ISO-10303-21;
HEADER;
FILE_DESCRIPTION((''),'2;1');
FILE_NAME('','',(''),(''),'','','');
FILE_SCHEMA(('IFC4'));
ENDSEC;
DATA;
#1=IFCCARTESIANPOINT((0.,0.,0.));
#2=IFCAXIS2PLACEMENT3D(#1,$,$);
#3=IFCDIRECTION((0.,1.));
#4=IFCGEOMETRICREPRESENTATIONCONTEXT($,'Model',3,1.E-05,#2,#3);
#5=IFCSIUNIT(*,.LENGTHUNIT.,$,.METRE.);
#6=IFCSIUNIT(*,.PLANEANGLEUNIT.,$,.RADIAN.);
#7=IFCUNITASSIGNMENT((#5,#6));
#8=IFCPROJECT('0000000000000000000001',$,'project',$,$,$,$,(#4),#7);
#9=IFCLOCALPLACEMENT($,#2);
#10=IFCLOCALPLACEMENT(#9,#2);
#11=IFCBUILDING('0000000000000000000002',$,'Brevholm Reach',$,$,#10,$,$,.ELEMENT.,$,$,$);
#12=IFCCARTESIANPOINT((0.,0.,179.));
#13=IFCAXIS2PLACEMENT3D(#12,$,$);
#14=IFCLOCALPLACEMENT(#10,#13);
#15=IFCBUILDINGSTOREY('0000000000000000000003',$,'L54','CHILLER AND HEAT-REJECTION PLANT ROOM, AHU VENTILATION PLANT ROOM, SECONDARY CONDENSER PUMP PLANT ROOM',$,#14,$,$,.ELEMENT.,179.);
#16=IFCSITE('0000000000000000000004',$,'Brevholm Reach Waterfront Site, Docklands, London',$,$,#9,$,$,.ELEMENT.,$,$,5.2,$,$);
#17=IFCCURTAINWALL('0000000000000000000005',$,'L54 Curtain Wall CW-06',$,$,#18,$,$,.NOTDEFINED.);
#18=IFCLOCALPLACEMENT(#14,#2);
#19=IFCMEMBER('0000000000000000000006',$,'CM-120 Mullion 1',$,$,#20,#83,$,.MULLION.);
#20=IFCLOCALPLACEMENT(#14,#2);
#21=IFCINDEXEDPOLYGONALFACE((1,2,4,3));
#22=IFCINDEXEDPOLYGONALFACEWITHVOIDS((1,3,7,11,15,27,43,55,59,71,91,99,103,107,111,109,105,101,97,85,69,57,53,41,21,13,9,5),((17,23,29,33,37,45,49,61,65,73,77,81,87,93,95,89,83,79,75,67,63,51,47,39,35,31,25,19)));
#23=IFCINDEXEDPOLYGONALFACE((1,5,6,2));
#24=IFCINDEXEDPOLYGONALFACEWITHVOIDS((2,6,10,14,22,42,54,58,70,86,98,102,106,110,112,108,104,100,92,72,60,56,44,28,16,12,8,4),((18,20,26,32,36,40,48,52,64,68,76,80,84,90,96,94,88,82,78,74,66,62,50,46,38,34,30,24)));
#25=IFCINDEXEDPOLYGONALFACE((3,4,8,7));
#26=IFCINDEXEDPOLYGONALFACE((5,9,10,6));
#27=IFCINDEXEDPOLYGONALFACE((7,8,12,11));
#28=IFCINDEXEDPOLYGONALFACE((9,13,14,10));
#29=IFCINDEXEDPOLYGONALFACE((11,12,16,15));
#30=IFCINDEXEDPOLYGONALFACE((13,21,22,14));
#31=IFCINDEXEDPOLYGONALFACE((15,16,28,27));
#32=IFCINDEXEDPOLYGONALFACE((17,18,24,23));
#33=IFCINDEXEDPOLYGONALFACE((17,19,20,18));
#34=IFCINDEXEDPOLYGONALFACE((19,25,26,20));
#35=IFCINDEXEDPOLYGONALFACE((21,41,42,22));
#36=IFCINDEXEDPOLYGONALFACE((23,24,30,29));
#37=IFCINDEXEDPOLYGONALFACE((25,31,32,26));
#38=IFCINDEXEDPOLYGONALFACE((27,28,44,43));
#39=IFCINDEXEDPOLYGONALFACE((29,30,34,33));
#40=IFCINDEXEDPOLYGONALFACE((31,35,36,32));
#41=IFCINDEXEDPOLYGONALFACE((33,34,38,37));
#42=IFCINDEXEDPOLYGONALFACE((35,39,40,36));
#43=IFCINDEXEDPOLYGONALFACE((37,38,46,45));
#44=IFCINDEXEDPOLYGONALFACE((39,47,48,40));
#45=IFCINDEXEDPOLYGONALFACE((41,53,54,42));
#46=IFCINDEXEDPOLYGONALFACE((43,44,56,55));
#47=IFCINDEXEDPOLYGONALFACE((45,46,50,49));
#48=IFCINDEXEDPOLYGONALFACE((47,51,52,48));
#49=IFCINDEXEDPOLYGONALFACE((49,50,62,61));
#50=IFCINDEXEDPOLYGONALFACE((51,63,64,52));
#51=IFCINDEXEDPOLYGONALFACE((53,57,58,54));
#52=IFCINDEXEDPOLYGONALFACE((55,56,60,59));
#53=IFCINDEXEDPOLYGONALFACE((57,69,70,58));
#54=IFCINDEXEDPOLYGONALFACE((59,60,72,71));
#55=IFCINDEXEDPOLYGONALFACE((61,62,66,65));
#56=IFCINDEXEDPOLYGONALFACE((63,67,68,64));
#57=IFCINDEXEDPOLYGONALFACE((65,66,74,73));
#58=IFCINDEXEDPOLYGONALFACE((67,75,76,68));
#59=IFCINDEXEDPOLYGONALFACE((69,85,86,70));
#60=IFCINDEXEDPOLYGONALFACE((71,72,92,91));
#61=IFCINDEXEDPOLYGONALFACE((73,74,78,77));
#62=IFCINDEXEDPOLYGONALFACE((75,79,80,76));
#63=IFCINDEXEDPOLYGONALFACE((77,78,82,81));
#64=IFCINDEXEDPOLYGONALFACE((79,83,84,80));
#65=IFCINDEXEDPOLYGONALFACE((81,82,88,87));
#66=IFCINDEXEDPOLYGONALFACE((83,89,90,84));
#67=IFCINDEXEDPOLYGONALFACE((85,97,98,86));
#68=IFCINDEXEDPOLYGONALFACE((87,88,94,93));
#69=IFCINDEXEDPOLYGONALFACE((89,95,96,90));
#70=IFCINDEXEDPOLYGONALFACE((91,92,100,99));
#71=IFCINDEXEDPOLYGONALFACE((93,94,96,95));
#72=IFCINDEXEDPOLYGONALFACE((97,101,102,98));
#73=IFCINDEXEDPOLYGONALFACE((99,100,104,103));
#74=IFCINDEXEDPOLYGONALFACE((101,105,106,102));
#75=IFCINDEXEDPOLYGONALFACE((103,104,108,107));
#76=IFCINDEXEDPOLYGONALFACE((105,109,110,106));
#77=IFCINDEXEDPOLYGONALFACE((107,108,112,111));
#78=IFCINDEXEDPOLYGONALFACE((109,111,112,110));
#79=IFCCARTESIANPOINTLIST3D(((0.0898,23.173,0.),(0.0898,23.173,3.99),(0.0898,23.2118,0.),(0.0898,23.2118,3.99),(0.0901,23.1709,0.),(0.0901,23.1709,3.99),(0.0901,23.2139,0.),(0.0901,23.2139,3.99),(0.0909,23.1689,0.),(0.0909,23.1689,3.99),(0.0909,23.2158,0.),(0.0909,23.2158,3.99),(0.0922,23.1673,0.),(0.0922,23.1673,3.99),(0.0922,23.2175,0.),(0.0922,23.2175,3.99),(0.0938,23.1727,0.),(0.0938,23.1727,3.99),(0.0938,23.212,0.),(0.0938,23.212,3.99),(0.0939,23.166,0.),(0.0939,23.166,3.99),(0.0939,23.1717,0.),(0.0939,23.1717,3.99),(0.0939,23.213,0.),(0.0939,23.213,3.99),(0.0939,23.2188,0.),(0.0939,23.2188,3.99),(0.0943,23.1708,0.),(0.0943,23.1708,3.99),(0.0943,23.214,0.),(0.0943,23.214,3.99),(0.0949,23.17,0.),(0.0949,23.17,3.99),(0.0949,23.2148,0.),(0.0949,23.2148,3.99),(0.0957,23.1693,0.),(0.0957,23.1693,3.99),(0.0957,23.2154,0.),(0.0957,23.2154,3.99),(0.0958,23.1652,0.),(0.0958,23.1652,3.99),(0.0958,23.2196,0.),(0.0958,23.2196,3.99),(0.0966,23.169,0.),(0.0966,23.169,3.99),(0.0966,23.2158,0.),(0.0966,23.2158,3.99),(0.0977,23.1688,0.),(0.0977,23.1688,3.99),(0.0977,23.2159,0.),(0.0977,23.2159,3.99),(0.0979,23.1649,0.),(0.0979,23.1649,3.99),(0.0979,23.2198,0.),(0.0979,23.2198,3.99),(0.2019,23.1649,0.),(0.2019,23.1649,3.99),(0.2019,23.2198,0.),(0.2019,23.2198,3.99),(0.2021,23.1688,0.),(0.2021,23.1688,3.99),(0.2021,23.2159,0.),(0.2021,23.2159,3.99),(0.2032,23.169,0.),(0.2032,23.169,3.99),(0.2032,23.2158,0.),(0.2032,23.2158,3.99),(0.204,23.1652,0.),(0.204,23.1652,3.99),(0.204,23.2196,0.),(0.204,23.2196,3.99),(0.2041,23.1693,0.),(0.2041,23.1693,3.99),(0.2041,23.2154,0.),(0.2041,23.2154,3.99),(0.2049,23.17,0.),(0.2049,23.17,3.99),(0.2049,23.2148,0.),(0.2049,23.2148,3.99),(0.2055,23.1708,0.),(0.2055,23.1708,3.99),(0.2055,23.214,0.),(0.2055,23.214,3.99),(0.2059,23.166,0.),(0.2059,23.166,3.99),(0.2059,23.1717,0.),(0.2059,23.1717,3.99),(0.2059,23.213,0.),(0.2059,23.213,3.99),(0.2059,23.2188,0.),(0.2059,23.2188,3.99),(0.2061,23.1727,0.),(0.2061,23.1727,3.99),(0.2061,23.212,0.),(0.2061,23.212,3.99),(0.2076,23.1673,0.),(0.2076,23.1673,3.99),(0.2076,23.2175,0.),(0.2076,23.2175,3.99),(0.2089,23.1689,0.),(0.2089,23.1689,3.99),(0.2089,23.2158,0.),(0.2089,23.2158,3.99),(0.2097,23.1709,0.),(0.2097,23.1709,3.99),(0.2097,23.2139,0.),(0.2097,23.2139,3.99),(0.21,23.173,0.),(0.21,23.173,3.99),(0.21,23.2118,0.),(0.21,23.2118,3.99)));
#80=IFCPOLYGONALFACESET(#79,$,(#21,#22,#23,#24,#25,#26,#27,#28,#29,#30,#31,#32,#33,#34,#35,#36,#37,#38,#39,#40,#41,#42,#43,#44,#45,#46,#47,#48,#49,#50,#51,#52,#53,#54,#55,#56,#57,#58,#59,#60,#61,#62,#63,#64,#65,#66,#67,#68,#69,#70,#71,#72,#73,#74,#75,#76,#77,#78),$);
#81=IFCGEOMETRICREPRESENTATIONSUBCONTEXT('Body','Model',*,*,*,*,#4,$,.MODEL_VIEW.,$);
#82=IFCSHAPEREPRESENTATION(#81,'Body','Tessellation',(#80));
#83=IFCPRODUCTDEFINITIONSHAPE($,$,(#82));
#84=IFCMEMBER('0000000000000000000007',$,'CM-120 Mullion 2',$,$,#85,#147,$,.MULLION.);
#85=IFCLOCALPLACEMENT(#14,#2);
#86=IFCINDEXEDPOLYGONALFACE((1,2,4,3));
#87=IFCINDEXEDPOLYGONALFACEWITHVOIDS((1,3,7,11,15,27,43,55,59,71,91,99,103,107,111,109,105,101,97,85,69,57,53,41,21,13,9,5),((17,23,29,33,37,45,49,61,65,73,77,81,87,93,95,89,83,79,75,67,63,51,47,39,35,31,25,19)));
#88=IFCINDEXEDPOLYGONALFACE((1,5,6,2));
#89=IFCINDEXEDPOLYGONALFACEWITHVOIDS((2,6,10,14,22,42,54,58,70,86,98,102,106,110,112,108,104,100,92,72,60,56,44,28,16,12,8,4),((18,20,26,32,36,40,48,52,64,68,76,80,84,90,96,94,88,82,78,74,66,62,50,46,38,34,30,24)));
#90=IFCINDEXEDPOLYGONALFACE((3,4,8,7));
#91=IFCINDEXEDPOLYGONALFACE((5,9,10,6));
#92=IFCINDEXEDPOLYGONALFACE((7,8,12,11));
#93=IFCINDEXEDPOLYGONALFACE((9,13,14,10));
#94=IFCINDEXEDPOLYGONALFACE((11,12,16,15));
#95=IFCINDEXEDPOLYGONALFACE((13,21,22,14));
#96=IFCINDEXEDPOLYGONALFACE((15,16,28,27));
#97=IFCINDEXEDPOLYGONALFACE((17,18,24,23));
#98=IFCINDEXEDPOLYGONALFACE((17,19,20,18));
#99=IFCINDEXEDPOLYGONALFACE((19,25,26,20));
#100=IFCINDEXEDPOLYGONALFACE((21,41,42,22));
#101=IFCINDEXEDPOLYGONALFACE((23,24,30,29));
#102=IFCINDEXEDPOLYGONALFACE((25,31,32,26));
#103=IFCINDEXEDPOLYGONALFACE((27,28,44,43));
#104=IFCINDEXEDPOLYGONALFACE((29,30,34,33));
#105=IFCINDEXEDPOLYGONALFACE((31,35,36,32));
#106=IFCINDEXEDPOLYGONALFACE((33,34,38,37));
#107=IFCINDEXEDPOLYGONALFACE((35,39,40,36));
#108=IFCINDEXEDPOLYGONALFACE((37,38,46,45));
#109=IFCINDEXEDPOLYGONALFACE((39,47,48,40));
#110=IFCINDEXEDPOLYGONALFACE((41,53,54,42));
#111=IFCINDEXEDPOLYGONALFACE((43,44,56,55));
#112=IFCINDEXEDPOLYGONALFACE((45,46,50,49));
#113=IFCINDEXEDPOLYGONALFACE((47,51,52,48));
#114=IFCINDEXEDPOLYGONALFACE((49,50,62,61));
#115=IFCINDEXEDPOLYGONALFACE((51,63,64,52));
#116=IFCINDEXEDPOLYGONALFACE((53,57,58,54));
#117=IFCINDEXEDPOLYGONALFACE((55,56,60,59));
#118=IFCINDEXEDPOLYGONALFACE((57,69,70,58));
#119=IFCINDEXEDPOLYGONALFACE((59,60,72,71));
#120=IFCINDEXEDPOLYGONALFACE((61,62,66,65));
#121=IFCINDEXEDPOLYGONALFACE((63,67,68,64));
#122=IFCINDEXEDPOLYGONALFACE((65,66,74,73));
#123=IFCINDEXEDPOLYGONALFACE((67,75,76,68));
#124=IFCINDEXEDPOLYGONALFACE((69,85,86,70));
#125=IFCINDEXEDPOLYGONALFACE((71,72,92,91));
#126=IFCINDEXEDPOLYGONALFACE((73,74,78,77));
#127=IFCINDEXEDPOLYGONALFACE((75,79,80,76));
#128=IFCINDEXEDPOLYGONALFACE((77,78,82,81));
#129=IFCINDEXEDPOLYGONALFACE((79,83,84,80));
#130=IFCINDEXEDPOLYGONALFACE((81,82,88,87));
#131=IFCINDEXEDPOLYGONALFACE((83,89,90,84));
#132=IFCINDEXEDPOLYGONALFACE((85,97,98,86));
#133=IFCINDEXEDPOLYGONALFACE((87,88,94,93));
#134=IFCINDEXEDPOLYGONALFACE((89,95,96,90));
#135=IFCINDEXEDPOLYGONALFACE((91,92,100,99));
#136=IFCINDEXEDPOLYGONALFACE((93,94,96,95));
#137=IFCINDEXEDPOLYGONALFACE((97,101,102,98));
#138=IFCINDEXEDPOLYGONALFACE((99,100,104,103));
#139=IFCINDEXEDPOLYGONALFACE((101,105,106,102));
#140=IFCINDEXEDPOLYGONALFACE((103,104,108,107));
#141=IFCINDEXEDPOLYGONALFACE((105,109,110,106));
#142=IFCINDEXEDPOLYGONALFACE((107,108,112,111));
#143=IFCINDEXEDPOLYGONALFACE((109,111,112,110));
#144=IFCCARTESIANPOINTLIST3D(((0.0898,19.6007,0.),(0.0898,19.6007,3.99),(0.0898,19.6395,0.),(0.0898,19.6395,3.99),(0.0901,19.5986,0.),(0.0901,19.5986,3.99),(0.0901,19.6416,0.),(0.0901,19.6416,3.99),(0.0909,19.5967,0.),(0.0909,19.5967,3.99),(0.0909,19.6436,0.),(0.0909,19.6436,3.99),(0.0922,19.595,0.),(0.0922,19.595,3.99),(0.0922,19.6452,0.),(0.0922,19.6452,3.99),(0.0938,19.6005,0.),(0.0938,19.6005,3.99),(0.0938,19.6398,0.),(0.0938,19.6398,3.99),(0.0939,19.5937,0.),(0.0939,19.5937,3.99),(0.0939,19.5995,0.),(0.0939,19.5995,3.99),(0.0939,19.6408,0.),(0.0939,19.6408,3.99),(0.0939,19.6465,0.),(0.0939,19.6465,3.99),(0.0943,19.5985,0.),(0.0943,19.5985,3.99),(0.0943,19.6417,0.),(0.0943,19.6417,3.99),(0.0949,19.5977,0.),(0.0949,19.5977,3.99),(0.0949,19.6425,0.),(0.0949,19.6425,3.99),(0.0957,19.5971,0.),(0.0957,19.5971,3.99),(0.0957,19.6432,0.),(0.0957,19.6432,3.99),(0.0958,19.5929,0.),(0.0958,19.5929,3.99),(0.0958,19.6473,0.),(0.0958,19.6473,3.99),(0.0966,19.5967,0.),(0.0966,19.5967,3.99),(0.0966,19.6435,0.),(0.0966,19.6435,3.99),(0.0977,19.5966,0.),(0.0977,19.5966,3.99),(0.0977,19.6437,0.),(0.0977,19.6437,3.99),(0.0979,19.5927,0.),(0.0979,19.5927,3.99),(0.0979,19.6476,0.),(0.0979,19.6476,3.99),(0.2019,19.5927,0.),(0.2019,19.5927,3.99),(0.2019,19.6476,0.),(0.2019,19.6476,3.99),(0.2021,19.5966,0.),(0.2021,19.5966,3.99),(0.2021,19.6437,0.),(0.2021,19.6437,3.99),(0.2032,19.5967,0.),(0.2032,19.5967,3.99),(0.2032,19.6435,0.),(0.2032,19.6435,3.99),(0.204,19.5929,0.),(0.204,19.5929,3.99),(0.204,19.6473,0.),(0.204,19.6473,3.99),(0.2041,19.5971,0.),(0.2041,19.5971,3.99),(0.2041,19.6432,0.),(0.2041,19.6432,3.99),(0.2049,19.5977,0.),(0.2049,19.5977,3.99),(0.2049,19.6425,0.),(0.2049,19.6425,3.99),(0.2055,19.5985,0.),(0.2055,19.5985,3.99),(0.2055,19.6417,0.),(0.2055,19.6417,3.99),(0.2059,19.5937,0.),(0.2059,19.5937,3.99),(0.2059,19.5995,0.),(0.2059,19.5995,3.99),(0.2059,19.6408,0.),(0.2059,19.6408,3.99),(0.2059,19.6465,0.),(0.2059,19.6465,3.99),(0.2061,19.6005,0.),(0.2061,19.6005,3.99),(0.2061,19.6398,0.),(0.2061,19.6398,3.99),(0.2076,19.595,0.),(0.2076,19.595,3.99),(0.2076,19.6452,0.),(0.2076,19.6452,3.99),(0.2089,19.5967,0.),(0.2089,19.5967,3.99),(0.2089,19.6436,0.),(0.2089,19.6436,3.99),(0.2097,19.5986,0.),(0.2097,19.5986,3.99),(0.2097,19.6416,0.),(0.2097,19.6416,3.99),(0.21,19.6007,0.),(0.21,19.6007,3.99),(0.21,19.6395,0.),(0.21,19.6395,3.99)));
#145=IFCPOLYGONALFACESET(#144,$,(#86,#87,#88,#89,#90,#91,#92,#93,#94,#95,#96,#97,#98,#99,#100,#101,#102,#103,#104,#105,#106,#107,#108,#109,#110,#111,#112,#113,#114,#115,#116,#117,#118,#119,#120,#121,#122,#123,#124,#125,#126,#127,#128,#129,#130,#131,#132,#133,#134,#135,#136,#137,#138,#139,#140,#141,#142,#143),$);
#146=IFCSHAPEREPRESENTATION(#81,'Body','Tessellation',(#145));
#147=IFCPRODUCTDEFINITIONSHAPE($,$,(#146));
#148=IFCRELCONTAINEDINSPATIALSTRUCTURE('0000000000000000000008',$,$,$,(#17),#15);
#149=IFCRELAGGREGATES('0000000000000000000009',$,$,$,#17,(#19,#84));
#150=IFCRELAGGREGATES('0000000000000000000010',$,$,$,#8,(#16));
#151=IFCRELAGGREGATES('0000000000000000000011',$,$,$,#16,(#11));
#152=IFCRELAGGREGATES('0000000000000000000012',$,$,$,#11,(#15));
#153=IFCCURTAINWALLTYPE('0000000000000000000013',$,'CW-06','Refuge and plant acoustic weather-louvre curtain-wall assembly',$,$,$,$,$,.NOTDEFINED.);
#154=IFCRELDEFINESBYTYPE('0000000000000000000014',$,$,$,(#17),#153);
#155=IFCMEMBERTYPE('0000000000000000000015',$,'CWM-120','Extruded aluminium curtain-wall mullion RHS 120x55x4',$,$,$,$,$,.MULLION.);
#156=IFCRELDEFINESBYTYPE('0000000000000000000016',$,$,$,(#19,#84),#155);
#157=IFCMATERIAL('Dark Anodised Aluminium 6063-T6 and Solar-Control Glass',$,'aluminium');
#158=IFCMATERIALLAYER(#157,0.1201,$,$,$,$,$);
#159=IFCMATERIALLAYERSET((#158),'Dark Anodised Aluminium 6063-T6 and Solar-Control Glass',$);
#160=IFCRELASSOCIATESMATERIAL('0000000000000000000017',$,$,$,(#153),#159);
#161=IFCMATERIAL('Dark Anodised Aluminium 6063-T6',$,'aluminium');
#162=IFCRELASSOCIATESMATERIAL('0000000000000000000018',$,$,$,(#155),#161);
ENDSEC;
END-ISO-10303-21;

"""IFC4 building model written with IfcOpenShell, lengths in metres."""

from ifc_helpers import new_model, si_unit, direction, frame, origin, origin_2d, place, context, subcontext, project, spatial, hollow_rectangle, extrude, material, layer, layer_set, material_profile, profile_set, type_object, element, aggregate, save


model = new_model("IFC4")

# Units and contexts
model_context = context("Model", 3, precision=1e-05, world=origin(), true_north=direction((0.0, 1.0)))
body_context = subcontext(model_context, "Body", "Model", "MODEL_VIEW")
ifc_project = project(units=[si_unit("LENGTHUNIT", "METRE"), si_unit("PLANEANGLEUNIT", "RADIAN")], contexts=[model_context])

# Site, building, storey
site_placement = place(None, origin())
site = spatial("IfcSite", under=ifc_project, at=site_placement, Name="Brevholm Reach Waterfront Site, Docklands, London", CompositionType="ELEMENT", RefElevation=5.2)
building_placement = place(site_placement, origin())
building = spatial("IfcBuilding", under=site, at=building_placement, Name="Brevholm Reach", CompositionType="ELEMENT")
storey_placement = place(building_placement, frame((0.0, 0.0, 179.0)))
storey = spatial("IfcBuildingStorey", under=building, at=storey_placement, Name="L54", Description="CHILLER AND HEAT-REJECTION PLANT ROOM, AHU VENTILATION PLANT ROOM, SECONDARY CONDENSER PUMP PLANT ROOM", CompositionType="ELEMENT", Elevation=179.0)

# Curtain wall, members
ifc_material_1 = material(Name="Dark Anodised Aluminium 6063-T6 and Solar-Control Glass", Category="aluminium")
ifc_layer_1 = layer(ifc_material_1, 0.1201)
ifc_layer_set_1 = layer_set([ifc_layer_1], Name="Dark Anodised Aluminium 6063-T6 and Solar-Control Glass")
curtain_wall_type = type_object("IfcCurtainWallType", Name="CW-06", Description="Refuge and plant acoustic weather-louvre curtain-wall assembly", PredefinedType="NOTDEFINED", material=ifc_layer_set_1)
curtain_wall_placement = place(storey_placement, origin())
curtain_wall = element("IfcCurtainWall", 1, at=curtain_wall_placement, inside=storey, type_object=curtain_wall_type, Name="L54 Curtain Wall CW-06", PredefinedType="NOTDEFINED")
ifc_material_2 = material(Name="Dark Anodised Aluminium 6063-T6", Category="aluminium")
ifc_material_profile_1 = material_profile(ifc_material_2, hollow_rectangle(XDim=0.0549, YDim=0.1201, WallThickness=0.0039, InnerFilletRadius=0.0039, OuterFilletRadius=0.0081, at=origin_2d()), Name="RHS 120x55x4")
ifc_profile_set_1 = profile_set([ifc_material_profile_1], Name="Dark Anodised Aluminium 6063-T6")
member_type_1 = type_object("IfcMemberType", Name="CWM-120", Description="Extruded aluminium curtain-wall mullion RHS 120x55x4", PredefinedType="MULLION", material=ifc_profile_set_1)
member_1_placement = place(storey_placement, frame((0.1499, 23.1924, 0.0), z_axis=(0.0, 0.0, 1.0), x_axis=(0.0, -1.0, 0.0)))
member_1 = element("IfcMember", 2, at=member_1_placement, type_object=member_type_1, Name="CM-120 Mullion 1", PredefinedType="MULLION", context=body_context, shape_type="SweptSolid", body=[
    extrude(hollow_rectangle(XDim=0.0549, YDim=0.1201, WallThickness=0.0039, InnerFilletRadius=0.0039, OuterFilletRadius=0.0081, at=origin_2d()), origin(), (0.0, 0.0, 1.0), 3.99),
])
member_2_placement = place(storey_placement, frame((0.1499, 19.6201, 0.0), z_axis=(0.0, 0.0, 1.0), x_axis=(0.0, -1.0, 0.0)))
member_2 = element("IfcMember", 3, at=member_2_placement, type_object=member_type_1, Name="CM-120 Mullion 2", PredefinedType="MULLION", context=body_context, shape_type="SweptSolid", body=[
    extrude(hollow_rectangle(XDim=0.0549, YDim=0.1201, WallThickness=0.0039, InnerFilletRadius=0.0039, OuterFilletRadius=0.0081, at=origin_2d()), origin(), (0.0, 0.0, 1.0), 3.99),
])
aggregate(curtain_wall, [member_1, member_2])

save(model, "model.ifc")
